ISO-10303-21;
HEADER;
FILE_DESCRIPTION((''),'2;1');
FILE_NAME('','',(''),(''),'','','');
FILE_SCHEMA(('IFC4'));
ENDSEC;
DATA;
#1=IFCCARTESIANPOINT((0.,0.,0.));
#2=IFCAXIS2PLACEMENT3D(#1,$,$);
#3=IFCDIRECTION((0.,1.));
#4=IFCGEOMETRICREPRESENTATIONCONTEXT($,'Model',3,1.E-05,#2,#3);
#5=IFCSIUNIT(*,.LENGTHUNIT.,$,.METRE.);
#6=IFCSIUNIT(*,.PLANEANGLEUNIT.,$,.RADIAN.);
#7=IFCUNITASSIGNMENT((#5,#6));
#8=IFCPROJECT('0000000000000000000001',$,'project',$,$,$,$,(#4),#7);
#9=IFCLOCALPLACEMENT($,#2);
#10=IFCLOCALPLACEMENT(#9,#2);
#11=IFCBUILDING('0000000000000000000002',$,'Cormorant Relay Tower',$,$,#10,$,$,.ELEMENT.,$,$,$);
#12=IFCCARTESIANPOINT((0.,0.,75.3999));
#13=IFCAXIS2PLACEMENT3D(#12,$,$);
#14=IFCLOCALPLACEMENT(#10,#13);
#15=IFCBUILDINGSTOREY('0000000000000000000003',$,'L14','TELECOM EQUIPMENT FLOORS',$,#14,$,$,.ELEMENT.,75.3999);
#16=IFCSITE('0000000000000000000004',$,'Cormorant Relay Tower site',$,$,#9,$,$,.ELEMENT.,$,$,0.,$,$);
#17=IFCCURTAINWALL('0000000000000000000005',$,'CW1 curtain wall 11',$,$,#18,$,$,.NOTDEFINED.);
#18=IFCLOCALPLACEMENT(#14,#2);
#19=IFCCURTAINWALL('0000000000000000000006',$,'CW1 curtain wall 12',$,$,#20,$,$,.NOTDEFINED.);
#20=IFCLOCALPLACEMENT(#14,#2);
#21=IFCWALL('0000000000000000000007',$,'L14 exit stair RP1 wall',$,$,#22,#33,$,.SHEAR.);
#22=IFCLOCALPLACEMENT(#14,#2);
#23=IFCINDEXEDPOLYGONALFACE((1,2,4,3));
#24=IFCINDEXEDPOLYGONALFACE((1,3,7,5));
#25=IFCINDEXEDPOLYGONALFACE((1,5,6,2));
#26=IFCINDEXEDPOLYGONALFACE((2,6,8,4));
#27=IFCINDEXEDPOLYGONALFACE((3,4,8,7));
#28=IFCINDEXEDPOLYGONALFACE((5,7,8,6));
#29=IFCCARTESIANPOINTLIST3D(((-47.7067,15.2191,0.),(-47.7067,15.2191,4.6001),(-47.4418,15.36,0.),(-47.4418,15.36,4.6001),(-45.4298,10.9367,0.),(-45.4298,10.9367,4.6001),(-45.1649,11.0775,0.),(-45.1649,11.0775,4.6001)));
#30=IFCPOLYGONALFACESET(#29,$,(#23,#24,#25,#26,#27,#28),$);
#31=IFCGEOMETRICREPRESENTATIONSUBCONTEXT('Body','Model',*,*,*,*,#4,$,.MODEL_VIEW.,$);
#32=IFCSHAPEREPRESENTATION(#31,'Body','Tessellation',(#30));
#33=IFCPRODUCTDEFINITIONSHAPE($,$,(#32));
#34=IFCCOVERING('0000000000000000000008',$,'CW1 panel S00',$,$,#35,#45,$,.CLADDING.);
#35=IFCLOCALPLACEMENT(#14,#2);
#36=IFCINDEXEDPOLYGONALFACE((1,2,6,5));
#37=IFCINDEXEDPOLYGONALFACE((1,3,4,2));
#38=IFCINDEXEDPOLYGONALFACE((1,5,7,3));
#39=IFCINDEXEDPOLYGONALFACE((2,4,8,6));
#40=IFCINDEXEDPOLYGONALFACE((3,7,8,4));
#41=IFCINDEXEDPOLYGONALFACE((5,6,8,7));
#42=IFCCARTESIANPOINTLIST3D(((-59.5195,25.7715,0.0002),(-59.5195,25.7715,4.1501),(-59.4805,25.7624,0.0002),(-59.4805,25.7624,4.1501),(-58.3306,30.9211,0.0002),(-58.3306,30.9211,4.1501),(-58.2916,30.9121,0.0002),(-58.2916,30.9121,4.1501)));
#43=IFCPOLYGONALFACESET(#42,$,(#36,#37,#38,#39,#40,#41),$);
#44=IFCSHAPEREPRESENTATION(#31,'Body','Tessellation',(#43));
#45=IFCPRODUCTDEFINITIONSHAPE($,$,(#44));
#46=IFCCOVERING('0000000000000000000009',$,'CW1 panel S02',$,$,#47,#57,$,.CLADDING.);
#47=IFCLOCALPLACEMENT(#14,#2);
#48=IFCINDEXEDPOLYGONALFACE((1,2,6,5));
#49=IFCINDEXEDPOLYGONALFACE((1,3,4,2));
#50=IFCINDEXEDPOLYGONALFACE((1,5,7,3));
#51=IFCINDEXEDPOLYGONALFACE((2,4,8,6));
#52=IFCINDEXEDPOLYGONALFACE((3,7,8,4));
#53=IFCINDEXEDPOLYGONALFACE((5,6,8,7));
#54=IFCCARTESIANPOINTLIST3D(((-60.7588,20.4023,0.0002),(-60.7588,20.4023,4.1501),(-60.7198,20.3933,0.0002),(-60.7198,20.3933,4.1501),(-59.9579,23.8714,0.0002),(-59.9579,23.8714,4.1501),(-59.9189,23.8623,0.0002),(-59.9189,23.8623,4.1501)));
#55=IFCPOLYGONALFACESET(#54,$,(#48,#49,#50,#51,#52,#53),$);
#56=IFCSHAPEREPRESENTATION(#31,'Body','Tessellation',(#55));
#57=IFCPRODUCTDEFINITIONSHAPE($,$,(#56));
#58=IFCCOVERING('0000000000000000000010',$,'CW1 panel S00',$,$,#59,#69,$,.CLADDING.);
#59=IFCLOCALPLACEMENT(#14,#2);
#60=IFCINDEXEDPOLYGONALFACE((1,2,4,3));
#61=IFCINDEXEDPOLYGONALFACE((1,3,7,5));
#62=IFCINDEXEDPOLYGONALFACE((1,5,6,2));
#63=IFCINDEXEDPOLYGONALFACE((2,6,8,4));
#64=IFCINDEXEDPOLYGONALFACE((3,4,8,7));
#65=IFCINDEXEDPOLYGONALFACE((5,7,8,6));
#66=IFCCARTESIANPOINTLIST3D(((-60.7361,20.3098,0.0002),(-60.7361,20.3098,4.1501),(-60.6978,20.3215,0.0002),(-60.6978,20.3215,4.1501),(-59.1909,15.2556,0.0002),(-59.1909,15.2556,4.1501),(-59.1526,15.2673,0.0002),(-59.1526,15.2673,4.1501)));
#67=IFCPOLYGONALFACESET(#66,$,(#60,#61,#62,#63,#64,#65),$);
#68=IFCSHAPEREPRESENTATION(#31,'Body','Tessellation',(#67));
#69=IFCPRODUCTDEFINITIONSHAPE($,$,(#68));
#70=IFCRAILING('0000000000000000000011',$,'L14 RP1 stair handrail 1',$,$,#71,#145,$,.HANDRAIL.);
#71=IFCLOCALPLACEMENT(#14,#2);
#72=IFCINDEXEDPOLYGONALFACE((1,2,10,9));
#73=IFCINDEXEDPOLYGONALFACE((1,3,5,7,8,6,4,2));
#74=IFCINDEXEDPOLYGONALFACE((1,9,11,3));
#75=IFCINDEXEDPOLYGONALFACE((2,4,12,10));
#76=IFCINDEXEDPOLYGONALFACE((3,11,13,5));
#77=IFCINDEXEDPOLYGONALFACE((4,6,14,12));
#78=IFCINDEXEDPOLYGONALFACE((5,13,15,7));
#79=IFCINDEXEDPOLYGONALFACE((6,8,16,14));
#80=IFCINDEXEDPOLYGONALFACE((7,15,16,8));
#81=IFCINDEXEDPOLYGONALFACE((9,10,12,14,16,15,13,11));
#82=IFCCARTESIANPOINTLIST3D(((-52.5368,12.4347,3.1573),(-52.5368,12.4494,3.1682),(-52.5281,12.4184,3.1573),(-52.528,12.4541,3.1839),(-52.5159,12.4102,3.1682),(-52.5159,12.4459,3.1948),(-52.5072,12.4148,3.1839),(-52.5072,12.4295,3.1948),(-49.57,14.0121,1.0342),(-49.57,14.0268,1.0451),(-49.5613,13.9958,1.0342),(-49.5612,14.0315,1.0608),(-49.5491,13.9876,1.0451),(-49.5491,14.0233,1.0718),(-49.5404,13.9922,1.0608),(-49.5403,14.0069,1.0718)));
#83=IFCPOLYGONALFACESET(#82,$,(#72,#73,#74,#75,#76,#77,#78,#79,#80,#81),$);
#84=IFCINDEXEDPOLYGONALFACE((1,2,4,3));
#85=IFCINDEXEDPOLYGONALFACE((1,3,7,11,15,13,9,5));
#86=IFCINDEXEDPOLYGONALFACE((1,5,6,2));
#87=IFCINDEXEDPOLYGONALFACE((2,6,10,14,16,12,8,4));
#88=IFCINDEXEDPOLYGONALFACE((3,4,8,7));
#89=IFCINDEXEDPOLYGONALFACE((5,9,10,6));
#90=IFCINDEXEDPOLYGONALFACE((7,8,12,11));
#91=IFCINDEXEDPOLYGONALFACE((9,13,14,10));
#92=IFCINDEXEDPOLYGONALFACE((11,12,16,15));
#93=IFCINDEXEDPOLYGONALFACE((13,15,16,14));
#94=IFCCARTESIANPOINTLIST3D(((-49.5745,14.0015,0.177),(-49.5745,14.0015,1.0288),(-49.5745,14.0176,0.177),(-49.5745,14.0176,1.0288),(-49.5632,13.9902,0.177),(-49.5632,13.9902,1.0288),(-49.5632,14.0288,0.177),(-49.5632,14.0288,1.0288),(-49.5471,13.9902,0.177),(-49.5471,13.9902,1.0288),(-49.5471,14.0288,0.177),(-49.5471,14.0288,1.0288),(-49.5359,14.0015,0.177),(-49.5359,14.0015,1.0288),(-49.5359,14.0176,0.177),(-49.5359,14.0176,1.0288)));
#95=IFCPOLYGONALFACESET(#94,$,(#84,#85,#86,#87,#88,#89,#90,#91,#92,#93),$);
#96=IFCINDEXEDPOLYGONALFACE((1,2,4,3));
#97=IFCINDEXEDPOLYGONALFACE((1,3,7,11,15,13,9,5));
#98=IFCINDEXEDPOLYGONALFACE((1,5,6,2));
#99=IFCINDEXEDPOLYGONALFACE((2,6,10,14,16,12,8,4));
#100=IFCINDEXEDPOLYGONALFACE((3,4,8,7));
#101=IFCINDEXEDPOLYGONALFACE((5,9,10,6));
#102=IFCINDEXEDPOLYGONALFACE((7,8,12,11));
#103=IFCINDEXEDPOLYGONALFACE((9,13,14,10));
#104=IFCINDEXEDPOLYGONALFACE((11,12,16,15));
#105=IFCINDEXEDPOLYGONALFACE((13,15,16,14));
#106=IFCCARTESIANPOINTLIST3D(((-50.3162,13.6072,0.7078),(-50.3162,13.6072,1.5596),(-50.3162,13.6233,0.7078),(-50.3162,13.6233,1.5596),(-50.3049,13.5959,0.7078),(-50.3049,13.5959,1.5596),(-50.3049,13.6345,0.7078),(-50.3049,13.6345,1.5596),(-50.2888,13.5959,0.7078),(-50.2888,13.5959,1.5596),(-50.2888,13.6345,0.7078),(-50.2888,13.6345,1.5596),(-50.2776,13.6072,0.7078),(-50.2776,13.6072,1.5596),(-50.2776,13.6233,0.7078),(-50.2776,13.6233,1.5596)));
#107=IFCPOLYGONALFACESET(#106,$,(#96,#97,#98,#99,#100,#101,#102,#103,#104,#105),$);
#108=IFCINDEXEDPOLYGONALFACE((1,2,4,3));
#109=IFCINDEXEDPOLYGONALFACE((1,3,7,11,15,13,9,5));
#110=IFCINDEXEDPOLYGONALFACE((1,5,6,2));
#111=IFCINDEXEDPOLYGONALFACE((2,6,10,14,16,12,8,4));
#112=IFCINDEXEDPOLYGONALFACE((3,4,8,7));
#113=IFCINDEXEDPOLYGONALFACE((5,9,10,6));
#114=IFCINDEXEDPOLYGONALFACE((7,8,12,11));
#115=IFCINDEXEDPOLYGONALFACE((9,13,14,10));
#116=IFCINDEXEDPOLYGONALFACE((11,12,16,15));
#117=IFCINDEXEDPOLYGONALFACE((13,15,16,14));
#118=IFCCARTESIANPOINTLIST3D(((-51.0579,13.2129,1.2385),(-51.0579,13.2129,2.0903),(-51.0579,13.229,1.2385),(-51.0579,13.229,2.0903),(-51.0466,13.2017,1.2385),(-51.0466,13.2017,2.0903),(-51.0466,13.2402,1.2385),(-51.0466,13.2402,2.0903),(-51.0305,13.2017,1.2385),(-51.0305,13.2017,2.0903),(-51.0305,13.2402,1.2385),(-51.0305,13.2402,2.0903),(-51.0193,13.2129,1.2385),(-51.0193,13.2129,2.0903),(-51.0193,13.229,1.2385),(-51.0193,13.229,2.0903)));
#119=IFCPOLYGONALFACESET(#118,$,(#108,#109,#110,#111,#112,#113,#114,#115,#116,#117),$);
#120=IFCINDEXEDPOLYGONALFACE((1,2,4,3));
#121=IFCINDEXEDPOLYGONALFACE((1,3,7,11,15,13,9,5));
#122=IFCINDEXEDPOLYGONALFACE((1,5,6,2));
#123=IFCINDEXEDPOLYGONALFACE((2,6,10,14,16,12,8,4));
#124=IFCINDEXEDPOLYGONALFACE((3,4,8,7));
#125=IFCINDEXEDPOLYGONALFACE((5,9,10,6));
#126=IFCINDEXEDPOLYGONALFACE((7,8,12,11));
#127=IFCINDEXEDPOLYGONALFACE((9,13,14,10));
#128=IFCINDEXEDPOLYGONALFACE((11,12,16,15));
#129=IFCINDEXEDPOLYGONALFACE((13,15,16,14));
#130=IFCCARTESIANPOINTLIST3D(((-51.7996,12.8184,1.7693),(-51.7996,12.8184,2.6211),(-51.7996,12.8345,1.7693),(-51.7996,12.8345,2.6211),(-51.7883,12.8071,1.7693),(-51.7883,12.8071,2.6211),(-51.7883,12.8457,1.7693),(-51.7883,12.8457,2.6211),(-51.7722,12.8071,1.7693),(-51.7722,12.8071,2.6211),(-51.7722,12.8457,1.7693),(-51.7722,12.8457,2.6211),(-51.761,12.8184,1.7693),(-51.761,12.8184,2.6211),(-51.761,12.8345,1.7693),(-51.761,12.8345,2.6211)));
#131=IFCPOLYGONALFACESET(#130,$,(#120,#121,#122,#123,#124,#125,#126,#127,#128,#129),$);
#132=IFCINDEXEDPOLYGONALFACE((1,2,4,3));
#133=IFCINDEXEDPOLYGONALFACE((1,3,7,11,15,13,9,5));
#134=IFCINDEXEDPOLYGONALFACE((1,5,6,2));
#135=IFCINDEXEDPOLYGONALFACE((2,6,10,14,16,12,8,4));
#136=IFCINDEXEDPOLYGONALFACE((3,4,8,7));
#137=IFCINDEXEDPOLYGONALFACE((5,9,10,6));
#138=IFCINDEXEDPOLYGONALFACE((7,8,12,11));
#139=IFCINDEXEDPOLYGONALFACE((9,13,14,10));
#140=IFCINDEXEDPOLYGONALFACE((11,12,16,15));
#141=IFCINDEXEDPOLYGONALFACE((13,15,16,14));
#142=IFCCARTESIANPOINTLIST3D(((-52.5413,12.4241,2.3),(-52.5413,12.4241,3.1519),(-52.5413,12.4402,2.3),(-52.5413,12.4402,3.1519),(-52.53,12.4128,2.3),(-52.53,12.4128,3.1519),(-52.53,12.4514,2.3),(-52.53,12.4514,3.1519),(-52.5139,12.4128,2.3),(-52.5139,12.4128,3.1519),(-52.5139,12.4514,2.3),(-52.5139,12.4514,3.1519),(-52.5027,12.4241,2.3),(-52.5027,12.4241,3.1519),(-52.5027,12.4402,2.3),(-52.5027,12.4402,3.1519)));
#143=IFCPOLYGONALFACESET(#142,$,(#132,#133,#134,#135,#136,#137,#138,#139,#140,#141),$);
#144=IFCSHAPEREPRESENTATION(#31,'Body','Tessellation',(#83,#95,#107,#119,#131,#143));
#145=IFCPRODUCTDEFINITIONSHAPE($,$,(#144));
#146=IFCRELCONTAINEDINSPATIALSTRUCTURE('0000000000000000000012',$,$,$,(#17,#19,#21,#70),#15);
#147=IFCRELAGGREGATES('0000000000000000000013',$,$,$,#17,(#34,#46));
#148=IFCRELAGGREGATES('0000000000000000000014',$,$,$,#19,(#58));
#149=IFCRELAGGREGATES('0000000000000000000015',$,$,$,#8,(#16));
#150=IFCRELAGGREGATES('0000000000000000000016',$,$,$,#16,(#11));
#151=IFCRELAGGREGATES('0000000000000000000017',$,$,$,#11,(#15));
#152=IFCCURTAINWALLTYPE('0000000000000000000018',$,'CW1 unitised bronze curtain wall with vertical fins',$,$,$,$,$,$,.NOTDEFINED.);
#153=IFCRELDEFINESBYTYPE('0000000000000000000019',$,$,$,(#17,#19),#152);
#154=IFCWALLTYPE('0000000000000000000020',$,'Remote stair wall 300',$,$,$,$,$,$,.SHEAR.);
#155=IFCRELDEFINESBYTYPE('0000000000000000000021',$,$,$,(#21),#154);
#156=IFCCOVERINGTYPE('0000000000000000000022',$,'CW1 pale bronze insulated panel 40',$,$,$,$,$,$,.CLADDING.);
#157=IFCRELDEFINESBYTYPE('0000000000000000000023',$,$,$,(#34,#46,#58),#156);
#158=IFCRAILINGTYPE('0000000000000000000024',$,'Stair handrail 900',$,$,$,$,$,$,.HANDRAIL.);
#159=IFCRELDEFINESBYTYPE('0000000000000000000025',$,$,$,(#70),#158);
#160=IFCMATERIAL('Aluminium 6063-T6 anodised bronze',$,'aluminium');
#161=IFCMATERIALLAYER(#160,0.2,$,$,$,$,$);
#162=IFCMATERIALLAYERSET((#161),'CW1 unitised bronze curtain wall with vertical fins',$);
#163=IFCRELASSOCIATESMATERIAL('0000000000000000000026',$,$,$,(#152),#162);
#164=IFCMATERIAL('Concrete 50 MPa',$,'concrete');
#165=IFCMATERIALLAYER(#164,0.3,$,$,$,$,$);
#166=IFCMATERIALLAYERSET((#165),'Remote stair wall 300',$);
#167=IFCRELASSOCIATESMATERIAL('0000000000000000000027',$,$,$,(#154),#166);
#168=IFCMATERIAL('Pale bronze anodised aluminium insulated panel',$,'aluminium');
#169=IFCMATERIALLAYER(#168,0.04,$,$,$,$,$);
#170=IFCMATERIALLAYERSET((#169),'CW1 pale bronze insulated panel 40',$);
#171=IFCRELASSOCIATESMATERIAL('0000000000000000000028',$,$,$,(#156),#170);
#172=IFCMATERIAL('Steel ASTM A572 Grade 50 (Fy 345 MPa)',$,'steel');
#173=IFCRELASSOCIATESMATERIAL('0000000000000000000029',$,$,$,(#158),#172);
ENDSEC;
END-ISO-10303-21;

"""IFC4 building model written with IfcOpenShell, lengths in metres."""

from ifc_helpers import new_model, si_unit, direction, frame, frame_2d, origin, origin_2d, place, context, subcontext, project, spatial, polyline, rectangle, outline, extrude, material, layer, layer_set, type_object, element, aggregate, save


model = new_model("IFC4")

# Units and contexts
model_context = context("Model", 3, precision=1e-05, world=origin(), true_north=direction((0.0, 1.0)))
body_context = subcontext(model_context, "Body", "Model", "MODEL_VIEW")
ifc_project = project(units=[si_unit("LENGTHUNIT", "METRE"), si_unit("PLANEANGLEUNIT", "RADIAN")], contexts=[model_context])

# Site, building, storey
site_placement = place(None, origin())
site = spatial("IfcSite", under=ifc_project, at=site_placement, Name="Cormorant Relay Tower site", CompositionType="ELEMENT", RefElevation=0.0)
building_placement = place(site_placement, origin())
building = spatial("IfcBuilding", under=site, at=building_placement, Name="Cormorant Relay Tower", CompositionType="ELEMENT")
storey_placement = place(building_placement, frame((0.0, 0.0, 75.3999)))
storey = spatial("IfcBuildingStorey", under=building, at=storey_placement, Name="L14", Description="TELECOM EQUIPMENT FLOORS", CompositionType="ELEMENT", Elevation=75.3999)

# Curtain wall
ifc_material_1 = material(Name="Aluminium 6063-T6 anodised bronze", Category="aluminium")
ifc_layer_1 = layer(ifc_material_1, 0.2)
ifc_layer_set_1 = layer_set([ifc_layer_1], Name="CW1 unitised bronze curtain wall with vertical fins")
curtain_wall_type = type_object("IfcCurtainWallType", Name="CW1 unitised bronze curtain wall with vertical fins", PredefinedType="NOTDEFINED", material=ifc_layer_set_1)
curtain_wall_1_placement = place(storey_placement, origin())
curtain_wall_1 = element("IfcCurtainWall", 1, at=curtain_wall_1_placement, inside=storey, type_object=curtain_wall_type, Name="CW1 curtain wall 11", PredefinedType="NOTDEFINED")

# Curtain wall
curtain_wall_2_placement = place(storey_placement, origin())
curtain_wall_2 = element("IfcCurtainWall", 2, at=curtain_wall_2_placement, inside=storey, type_object=curtain_wall_type, Name="CW1 curtain wall 12", PredefinedType="NOTDEFINED")

# Wall
ifc_material_2 = material(Name="Concrete 50 MPa", Category="concrete")
ifc_layer_2 = layer(ifc_material_2, 0.3)
ifc_layer_set_2 = layer_set([ifc_layer_2], Name="Remote stair wall 300")
wall_type_1 = type_object("IfcWallType", Name="Remote stair wall 300", PredefinedType="SHEAR", material=ifc_layer_set_2)
wall_1_placement = place(storey_placement, frame((-47.5742, 15.2896, 0.0), z_axis=(0.0, 0.0, 1.0), x_axis=(0.469443, -0.882963, 0.0)))
element("IfcWall", 3, at=wall_1_placement, inside=storey, type_object=wall_type_1, Name="L14 exit stair RP1 wall", PredefinedType="SHEAR", context=body_context, shape_type="SweptSolid", body=[
    extrude(rectangle(XDim=4.8501, YDim=0.3, at=frame_2d((2.425, 0.0))), origin(), (0.0, 0.0, 1.0), 4.6001),
])

# Coverings
ifc_material_3 = material(Name="Pale bronze anodised aluminium insulated panel", Category="aluminium")
ifc_layer_3 = layer(ifc_material_3, 0.04)
ifc_layer_set_3 = layer_set([ifc_layer_3], Name="CW1 pale bronze insulated panel 40")
covering_type = type_object("IfcCoveringType", Name="CW1 pale bronze insulated panel 40", PredefinedType="CLADDING", material=ifc_layer_set_3)
covering_1_placement = place(storey_placement, frame((-58.9055, 28.3418, 0.0002), z_axis=(0.0, 0.0, 1.0), x_axis=(-0.224951, -0.97437, 0.0)))
covering_1 = element("IfcCovering", 4, at=covering_1_placement, type_object=covering_type, Name="CW1 panel S00", PredefinedType="CLADDING", context=body_context, shape_type="SweptSolid", body=[
    extrude(rectangle(XDim=5.2852, YDim=0.04, at=origin_2d()), origin(), (0.0, 0.0, 1.0), 4.1499),
])
covering_2_placement = place(storey_placement, frame((-60.3389, 22.1323, 0.0002), z_axis=(0.0, 0.0, 1.0), x_axis=(-0.224951, -0.97437, 0.0)))
covering_2 = element("IfcCovering", 5, at=covering_2_placement, type_object=covering_type, Name="CW1 panel S02", PredefinedType="CLADDING", context=body_context, shape_type="SweptSolid", body=[
    extrude(rectangle(XDim=3.5603, YDim=0.04, at=origin_2d()), origin(), (0.0, 0.0, 1.0), 4.1499),
])
aggregate(curtain_wall_1, [covering_1, covering_2])
covering_3_placement = place(storey_placement, frame((-59.9443, 17.7886, 0.0002), z_axis=(0.0, 0.0, 1.0), x_axis=(0.292372, -0.956305, 0.0)))
covering_3 = element("IfcCovering", 6, at=covering_3_placement, type_object=covering_type, Name="CW1 panel S00", PredefinedType="CLADDING", context=body_context, shape_type="SweptSolid", body=[
    extrude(rectangle(XDim=5.2852, YDim=0.04, at=origin_2d()), origin(), (0.0, 0.0, 1.0), 4.1499),
])
aggregate(curtain_wall_2, [covering_3])

# Railing
ifc_material_4 = material(Name="Steel ASTM A572 Grade 50 (Fy 345 MPa)", Category="steel")
railing_type = type_object("IfcRailingType", Name="Stair handrail 900", PredefinedType="HANDRAIL", material=ifc_material_4)
railing_placement = place(storey_placement, frame((-49.5552, 14.0095, 0.177)))
element("IfcRailing", 7, at=railing_placement, inside=storey, type_object=railing_type, Name="L14 RP1 stair handrail 1", PredefinedType="HANDRAIL", context=body_context, shape_type="SweptSolid", body=[
    extrude(outline(polyline([(0.0222, 0.0093), (0.0093, 0.0222), (-0.0093, 0.0222), (-0.0222, 0.0093), (-0.0222, -0.0093), (-0.0093, -0.0222), (0.0093, -0.0222), (0.0222, -0.0093), (0.0222, 0.0093)])), frame((0.0, 0.0, 0.876), z_axis=(-0.746441, -0.396869, 0.534155), x_axis=(0.469453, -0.882958, 0.0)), (0.0, 0.0, 1.0), 3.9746),
    extrude(outline(polyline([(0.0193, 0.0081), (0.0081, 0.0193), (-0.0081, 0.0193), (-0.0193, 0.0081), (-0.0193, -0.0081), (-0.0081, -0.0193), (0.0081, -0.0193), (0.0193, -0.0081), (0.0193, 0.0081)])), origin(), (0.0, 0.0, 1.0), 0.8518),
    extrude(outline(polyline([(0.0193, 0.0081), (0.0081, 0.0193), (-0.0081, 0.0193), (-0.0193, 0.0081), (-0.0193, -0.0081), (-0.0081, -0.0193), (0.0081, -0.0193), (0.0193, -0.0081), (0.0193, 0.0081)])), frame((-0.7417, -0.3943, 0.5308)), (0.0, 0.0, 1.0), 0.8518),
    extrude(outline(polyline([(0.0193, 0.0081), (0.0081, 0.0193), (-0.0081, 0.0193), (-0.0193, 0.0081), (-0.0193, -0.0081), (-0.0081, -0.0193), (0.0081, -0.0193), (0.0193, -0.0081), (0.0193, 0.0081)])), frame((-1.4834, -0.7886, 1.0615)), (0.0, 0.0, 1.0), 0.8518),
    extrude(outline(polyline([(0.0193, 0.0081), (0.0081, 0.0193), (-0.0081, 0.0193), (-0.0193, 0.0081), (-0.0193, -0.0081), (-0.0081, -0.0193), (0.0081, -0.0193), (0.0193, -0.0081), (0.0193, 0.0081)])), frame((-2.2251, -1.1831, 1.5923)), (0.0, 0.0, 1.0), 0.8518),
    extrude(outline(polyline([(0.0193, 0.0081), (0.0081, 0.0193), (-0.0081, 0.0193), (-0.0193, 0.0081), (-0.0193, -0.0081), (-0.0081, -0.0193), (0.0081, -0.0193), (0.0193, -0.0081), (0.0193, 0.0081)])), frame((-2.9668, -1.5774, 2.123)), (0.0, 0.0, 1.0), 0.8518),
])

save(model, "model.ifc")
